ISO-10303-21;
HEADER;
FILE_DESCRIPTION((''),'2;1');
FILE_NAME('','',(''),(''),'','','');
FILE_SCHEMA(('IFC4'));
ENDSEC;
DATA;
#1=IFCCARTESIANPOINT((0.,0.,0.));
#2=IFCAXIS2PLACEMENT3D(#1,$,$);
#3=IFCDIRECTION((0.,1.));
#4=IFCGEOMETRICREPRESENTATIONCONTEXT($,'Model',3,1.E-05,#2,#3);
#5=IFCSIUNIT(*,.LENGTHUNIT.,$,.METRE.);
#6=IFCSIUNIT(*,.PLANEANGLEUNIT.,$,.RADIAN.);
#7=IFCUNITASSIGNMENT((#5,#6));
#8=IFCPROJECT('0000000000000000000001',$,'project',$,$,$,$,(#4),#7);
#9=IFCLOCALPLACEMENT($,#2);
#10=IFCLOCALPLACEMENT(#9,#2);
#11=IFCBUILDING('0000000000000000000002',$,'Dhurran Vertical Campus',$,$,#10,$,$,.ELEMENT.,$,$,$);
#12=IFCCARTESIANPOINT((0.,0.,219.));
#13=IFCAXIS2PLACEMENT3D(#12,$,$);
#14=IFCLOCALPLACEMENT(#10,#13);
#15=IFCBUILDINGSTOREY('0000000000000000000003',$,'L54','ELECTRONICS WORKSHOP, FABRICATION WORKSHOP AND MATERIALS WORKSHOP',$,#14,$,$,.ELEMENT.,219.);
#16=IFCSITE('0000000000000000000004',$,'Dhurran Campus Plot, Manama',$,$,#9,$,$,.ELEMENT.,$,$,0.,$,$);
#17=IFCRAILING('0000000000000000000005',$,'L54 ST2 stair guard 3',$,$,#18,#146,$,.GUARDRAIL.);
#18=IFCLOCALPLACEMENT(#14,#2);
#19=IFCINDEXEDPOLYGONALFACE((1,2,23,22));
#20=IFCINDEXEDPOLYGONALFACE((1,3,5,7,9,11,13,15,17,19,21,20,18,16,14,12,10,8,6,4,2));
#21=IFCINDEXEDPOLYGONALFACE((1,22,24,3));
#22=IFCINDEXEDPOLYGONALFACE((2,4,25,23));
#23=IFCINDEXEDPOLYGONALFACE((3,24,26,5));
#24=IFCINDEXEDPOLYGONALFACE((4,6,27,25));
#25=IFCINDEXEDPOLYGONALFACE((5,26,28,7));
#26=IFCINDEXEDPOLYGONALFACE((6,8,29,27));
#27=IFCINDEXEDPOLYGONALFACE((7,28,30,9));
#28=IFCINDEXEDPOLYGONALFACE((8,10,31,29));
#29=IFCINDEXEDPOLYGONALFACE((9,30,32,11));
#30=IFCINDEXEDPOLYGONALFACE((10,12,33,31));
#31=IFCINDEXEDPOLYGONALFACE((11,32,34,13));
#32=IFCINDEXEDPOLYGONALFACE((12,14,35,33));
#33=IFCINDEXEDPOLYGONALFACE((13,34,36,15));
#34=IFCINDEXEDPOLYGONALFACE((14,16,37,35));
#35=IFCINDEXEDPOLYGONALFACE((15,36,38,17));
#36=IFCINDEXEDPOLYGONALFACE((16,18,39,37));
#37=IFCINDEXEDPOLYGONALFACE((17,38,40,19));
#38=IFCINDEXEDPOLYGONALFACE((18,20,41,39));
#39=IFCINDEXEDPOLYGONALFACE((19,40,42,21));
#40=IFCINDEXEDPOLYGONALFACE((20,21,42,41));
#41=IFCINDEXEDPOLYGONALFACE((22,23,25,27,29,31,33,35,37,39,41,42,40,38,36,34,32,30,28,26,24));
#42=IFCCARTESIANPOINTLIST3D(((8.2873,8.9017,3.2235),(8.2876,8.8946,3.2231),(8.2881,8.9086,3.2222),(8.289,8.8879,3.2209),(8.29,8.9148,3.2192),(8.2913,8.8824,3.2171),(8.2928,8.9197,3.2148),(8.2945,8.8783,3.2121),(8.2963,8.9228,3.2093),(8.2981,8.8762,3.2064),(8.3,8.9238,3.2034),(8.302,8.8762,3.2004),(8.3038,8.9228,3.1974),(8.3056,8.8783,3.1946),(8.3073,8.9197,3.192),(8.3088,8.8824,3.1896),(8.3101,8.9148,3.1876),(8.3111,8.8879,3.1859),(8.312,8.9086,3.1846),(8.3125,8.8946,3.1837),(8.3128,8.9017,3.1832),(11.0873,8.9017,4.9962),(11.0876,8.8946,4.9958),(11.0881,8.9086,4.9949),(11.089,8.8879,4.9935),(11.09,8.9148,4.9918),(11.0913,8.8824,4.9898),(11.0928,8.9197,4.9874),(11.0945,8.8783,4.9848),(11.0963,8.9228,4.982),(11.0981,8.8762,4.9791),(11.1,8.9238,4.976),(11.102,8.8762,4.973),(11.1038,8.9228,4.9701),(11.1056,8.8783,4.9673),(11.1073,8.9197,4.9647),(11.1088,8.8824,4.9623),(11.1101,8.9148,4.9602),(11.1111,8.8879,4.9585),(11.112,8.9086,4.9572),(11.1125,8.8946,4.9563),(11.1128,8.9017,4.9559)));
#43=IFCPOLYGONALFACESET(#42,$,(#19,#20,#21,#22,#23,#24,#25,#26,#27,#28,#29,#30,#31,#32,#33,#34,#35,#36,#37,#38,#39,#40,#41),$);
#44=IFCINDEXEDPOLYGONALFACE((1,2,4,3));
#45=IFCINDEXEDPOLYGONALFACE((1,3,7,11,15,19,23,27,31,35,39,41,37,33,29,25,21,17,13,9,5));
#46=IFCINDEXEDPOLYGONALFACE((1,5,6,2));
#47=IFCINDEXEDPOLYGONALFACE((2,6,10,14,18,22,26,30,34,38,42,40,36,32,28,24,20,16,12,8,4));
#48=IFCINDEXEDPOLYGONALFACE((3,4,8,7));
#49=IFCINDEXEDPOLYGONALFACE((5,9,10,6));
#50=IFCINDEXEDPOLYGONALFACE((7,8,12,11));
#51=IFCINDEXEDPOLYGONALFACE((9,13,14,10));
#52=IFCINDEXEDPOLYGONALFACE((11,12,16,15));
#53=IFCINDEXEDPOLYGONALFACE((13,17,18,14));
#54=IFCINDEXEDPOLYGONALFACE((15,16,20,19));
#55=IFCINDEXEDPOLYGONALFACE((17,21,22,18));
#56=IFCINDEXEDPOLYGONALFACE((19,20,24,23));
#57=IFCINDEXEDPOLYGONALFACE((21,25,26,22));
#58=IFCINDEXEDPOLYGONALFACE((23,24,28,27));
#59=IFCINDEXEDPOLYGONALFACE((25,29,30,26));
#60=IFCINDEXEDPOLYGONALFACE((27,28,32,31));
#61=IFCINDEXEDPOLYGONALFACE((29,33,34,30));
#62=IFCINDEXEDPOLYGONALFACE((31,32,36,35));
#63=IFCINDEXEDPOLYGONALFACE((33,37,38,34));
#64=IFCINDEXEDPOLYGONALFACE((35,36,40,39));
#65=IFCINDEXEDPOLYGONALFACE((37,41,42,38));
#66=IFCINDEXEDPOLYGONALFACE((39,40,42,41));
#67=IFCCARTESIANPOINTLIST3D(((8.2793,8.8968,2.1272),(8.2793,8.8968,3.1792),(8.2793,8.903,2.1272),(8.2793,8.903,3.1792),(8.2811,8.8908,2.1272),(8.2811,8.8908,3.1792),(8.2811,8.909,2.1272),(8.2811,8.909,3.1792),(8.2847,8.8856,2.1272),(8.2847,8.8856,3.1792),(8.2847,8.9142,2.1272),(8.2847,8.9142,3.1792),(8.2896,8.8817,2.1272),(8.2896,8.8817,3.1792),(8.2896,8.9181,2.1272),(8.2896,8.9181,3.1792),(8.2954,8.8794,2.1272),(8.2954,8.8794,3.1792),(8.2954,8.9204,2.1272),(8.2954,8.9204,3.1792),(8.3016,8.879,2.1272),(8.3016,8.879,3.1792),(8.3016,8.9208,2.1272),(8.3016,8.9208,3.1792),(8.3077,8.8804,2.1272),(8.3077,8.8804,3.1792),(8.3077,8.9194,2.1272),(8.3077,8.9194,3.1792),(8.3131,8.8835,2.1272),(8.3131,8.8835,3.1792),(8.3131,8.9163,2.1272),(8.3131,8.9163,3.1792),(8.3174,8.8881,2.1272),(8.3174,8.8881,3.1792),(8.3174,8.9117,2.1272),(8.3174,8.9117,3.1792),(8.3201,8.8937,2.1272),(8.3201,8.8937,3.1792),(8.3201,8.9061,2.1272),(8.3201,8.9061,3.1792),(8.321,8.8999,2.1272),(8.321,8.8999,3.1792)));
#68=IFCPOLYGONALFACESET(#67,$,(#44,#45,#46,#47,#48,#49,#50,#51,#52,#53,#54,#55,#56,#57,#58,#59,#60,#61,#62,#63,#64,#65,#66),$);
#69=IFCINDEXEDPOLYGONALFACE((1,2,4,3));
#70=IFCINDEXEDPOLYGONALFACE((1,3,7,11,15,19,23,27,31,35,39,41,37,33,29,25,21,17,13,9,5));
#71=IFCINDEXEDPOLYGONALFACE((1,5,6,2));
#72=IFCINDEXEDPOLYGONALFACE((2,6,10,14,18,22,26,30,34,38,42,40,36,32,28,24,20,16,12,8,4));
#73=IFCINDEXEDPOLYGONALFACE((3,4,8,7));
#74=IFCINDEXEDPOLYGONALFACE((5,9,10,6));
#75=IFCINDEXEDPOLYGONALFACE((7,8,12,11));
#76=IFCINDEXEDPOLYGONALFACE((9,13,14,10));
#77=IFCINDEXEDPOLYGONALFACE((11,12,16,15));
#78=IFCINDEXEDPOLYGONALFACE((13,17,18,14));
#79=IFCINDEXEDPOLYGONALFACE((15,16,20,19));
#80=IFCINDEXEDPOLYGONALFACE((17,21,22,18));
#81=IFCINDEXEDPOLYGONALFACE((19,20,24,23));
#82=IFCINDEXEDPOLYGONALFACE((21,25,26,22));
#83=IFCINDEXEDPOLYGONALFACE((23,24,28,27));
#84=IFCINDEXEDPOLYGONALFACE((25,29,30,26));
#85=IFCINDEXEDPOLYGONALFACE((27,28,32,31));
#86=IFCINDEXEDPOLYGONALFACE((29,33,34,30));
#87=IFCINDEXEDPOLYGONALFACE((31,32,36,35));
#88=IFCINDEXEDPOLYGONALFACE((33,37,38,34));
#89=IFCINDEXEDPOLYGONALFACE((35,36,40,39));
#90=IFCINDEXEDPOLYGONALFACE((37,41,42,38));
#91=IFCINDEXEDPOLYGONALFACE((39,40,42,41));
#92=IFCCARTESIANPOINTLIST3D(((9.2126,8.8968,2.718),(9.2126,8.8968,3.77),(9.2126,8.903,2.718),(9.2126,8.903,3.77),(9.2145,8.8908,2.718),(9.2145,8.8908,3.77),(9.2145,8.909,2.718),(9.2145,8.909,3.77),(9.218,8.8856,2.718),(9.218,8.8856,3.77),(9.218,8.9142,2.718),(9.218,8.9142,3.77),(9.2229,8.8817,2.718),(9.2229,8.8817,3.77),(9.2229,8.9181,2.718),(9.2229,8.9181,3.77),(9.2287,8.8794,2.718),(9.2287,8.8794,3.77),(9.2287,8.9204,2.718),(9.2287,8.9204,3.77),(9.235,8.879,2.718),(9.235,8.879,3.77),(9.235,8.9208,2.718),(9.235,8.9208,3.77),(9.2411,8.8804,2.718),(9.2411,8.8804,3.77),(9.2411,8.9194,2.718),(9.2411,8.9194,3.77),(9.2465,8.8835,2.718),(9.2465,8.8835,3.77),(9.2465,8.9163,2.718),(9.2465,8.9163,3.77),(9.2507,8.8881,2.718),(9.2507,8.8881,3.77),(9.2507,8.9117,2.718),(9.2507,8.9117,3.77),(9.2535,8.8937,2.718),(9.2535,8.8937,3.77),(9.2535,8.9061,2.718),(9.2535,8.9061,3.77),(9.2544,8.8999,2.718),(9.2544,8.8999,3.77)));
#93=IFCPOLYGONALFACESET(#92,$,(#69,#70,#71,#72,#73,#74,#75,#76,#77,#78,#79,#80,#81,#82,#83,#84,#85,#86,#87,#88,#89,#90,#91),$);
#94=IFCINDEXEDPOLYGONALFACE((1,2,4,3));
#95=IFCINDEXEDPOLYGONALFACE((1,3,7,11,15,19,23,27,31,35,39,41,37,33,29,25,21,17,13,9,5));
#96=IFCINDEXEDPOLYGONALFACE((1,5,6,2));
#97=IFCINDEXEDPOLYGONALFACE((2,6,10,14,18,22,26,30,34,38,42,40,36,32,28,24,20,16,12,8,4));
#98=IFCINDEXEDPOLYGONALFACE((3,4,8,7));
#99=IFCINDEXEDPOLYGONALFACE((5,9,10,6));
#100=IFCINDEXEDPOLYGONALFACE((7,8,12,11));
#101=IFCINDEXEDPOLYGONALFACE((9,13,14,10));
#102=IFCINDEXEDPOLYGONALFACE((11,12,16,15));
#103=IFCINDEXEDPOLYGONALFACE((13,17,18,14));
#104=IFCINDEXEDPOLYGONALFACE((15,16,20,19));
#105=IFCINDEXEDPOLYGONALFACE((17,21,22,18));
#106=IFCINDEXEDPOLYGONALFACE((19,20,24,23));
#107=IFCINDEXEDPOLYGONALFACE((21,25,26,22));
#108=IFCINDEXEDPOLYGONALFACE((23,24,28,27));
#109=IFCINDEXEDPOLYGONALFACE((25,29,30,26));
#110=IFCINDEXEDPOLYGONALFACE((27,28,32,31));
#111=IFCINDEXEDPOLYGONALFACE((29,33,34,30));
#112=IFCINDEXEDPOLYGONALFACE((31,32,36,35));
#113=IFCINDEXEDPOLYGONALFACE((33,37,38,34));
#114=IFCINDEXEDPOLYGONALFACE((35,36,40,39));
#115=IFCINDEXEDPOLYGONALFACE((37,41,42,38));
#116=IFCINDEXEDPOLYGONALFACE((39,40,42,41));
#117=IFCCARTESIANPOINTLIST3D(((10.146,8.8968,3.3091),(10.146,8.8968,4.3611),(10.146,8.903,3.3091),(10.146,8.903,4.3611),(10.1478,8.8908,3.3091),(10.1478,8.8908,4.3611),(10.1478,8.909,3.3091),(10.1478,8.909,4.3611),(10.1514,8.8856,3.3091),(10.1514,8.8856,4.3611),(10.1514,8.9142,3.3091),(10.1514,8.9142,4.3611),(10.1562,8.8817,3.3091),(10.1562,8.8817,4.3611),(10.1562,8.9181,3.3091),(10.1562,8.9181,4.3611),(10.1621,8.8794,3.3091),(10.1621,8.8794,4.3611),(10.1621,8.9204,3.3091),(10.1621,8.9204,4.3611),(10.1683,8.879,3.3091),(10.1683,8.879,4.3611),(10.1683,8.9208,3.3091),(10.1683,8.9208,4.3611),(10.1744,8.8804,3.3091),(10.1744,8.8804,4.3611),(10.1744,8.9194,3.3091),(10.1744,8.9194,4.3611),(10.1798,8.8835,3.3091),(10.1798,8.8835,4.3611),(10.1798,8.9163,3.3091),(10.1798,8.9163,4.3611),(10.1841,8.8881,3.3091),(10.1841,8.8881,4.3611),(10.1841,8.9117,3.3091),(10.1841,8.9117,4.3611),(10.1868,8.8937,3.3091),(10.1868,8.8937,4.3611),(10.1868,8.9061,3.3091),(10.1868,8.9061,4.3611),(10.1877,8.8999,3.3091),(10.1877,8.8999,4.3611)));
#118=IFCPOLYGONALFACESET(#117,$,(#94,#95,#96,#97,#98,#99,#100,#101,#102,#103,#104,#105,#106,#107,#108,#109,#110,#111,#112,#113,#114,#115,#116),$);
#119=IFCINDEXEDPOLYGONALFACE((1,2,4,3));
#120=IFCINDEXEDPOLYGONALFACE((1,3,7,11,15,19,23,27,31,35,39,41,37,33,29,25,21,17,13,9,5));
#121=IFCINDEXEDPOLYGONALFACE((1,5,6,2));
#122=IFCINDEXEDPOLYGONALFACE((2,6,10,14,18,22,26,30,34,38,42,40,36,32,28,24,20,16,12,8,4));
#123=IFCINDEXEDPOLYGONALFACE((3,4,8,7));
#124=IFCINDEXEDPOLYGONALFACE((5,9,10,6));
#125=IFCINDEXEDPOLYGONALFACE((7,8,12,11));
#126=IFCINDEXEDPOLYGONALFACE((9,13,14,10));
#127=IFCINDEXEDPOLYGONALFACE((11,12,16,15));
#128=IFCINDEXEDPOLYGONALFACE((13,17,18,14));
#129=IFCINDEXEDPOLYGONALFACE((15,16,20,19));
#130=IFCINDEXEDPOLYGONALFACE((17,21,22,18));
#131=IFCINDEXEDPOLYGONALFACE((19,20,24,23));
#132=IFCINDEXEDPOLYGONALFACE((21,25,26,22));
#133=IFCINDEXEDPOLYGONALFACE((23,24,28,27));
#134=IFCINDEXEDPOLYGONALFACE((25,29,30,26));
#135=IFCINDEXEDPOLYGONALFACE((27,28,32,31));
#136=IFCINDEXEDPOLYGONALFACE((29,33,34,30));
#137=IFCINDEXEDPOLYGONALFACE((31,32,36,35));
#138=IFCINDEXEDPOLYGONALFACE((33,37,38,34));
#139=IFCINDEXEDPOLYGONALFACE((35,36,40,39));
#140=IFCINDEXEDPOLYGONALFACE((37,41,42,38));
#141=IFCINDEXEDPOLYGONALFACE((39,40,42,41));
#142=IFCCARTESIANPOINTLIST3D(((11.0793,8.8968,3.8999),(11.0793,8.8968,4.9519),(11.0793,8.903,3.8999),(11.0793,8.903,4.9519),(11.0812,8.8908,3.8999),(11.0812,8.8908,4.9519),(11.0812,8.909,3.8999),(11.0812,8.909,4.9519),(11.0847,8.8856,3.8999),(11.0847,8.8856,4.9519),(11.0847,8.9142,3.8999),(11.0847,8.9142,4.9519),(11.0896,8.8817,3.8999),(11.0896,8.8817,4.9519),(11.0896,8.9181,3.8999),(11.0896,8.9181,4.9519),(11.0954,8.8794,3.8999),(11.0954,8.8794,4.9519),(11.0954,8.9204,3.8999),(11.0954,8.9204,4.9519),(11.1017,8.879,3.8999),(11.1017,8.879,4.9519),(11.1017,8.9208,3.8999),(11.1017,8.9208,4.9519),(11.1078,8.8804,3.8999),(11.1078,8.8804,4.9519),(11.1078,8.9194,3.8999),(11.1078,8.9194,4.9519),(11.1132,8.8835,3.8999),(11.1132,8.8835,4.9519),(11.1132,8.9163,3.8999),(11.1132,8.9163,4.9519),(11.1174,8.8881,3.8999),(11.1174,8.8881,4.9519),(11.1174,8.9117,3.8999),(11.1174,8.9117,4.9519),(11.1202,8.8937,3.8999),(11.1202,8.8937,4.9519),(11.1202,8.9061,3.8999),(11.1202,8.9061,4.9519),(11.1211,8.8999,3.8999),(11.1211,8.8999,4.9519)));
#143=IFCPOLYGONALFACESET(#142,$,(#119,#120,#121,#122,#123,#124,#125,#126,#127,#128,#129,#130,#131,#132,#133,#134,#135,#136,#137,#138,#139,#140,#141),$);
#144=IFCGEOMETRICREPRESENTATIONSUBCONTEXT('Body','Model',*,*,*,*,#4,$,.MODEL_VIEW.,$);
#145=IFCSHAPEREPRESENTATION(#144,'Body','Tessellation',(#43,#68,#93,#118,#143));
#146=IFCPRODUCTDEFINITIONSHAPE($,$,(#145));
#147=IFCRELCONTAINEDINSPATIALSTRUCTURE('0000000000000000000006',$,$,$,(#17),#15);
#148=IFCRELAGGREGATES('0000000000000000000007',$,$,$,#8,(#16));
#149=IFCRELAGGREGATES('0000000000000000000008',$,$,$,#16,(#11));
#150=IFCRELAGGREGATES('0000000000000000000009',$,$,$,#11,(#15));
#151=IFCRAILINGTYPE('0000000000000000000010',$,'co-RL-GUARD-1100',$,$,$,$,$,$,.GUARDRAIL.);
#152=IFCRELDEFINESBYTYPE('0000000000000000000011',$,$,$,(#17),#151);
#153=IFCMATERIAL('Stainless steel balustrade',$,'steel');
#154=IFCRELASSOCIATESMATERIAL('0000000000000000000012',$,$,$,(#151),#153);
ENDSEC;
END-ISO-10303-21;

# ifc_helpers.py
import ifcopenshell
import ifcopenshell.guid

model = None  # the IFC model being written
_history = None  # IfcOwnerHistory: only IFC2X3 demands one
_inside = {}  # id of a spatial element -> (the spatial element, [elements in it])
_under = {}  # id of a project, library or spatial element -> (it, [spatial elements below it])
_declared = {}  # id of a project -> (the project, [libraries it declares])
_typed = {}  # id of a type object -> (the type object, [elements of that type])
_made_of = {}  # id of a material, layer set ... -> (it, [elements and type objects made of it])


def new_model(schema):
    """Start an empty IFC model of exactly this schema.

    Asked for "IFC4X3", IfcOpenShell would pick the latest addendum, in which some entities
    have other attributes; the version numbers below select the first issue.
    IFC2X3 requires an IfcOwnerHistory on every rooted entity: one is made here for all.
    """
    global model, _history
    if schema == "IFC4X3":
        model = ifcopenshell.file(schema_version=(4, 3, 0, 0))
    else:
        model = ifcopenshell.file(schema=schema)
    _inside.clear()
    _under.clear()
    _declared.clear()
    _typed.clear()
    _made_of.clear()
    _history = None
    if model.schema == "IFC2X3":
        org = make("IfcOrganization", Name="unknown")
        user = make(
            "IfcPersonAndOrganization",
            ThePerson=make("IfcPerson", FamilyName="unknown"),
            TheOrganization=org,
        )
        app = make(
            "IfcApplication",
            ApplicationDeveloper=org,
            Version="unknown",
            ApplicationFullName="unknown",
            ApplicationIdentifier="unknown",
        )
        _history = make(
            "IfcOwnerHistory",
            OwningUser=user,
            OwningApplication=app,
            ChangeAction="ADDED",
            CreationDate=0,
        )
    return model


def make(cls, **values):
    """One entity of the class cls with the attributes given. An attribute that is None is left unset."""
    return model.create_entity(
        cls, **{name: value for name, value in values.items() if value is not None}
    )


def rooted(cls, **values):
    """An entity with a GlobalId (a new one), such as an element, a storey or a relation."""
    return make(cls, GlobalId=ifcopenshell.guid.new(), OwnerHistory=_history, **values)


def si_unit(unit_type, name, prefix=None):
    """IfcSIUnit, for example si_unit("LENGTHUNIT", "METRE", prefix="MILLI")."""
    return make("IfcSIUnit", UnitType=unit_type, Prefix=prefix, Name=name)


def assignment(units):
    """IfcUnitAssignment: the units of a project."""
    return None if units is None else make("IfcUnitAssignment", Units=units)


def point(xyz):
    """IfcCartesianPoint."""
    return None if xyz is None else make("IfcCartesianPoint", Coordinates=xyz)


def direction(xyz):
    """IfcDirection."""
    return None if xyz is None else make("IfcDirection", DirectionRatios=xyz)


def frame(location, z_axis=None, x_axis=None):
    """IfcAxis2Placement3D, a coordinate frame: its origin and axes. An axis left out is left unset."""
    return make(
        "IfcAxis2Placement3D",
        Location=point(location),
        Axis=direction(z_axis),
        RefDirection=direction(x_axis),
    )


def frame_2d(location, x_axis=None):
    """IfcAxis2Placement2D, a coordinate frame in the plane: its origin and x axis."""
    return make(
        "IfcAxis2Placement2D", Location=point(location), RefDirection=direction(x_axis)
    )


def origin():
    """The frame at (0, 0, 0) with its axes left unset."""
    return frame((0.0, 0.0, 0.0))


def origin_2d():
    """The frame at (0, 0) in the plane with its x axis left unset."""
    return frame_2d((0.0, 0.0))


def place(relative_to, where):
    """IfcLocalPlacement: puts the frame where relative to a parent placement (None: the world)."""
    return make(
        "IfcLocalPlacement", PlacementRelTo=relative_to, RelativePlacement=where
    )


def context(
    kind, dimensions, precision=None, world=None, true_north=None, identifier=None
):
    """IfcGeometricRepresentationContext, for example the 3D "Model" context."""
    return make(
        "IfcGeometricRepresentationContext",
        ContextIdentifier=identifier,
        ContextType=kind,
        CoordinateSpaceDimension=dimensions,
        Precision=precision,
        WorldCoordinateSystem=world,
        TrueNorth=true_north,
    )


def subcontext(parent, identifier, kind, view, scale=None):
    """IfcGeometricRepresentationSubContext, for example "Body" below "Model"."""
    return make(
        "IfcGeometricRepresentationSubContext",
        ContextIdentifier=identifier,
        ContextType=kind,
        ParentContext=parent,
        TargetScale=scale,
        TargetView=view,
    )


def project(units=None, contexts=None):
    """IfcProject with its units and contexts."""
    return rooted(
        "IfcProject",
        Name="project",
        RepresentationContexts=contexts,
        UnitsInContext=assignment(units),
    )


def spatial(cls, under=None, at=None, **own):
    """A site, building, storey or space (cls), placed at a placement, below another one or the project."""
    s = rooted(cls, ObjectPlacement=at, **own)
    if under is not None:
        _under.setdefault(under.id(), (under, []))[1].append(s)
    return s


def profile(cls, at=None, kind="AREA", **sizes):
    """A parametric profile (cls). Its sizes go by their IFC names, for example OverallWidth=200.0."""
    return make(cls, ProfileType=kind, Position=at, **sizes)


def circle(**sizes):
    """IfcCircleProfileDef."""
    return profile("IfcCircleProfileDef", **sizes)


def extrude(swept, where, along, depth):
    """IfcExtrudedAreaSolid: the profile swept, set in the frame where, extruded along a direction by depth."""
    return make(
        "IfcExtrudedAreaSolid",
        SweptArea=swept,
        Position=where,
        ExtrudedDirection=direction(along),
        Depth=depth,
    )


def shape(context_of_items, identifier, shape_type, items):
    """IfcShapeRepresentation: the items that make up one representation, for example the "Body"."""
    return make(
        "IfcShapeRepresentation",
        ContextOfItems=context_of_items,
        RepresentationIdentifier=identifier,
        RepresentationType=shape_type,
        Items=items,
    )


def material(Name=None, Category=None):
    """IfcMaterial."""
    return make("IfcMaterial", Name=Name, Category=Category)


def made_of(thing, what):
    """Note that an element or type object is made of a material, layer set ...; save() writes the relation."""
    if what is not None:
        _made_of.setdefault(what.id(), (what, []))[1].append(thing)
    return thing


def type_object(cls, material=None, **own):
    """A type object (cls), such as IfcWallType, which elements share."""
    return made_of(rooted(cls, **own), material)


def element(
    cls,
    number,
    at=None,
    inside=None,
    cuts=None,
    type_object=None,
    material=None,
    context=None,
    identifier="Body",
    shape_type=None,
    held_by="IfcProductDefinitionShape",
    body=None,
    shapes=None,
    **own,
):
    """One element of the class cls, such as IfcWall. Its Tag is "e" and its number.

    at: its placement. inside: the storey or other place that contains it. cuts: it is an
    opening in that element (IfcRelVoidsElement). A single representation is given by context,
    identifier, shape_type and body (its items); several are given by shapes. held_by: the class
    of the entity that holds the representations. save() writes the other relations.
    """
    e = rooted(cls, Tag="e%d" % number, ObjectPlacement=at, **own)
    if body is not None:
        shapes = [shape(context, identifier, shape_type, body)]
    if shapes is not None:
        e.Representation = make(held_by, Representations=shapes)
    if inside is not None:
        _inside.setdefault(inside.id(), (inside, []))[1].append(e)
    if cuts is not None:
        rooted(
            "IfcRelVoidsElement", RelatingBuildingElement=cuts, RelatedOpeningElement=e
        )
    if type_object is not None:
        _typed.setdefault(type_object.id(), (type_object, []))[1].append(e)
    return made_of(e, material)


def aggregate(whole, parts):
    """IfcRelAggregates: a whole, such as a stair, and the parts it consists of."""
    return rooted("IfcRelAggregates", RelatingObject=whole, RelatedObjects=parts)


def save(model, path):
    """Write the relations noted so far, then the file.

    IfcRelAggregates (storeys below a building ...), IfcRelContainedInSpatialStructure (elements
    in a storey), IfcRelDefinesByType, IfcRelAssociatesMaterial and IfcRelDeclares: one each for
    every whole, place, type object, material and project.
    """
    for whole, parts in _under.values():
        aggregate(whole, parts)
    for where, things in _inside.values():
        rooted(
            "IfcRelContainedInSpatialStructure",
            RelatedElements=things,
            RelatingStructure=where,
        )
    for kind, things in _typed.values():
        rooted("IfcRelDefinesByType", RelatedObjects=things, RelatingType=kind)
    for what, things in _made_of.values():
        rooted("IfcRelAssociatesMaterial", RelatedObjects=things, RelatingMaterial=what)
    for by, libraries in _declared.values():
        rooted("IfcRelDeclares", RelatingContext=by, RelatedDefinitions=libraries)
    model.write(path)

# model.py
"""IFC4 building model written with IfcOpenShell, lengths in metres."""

from ifc_helpers import new_model, si_unit, direction, frame, origin, origin_2d, place, context, subcontext, project, spatial, circle, extrude, material, type_object, element, save


model = new_model("IFC4")

# Units and contexts
model_context = context("Model", 3, precision=1e-05, world=origin(), true_north=direction((0.0, 1.0)))
body_context = subcontext(model_context, "Body", "Model", "MODEL_VIEW")
ifc_project = project(units=[si_unit("LENGTHUNIT", "METRE"), si_unit("PLANEANGLEUNIT", "RADIAN")], contexts=[model_context])

# Site, building, storey
site_placement = place(None, origin())
site = spatial("IfcSite", under=ifc_project, at=site_placement, Name="Dhurran Campus Plot, Manama", CompositionType="ELEMENT", RefElevation=0.0)
building_placement = place(site_placement, origin())
building = spatial("IfcBuilding", under=site, at=building_placement, Name="Dhurran Vertical Campus", CompositionType="ELEMENT")
storey_placement = place(building_placement, frame((0.0, 0.0, 219.0)))
storey = spatial("IfcBuildingStorey", under=building, at=storey_placement, Name="L54", Description="ELECTRONICS WORKSHOP, FABRICATION WORKSHOP AND MATERIALS WORKSHOP", CompositionType="ELEMENT", Elevation=219.0)

# Railing
ifc_material_1 = material(Name="Stainless steel balustrade", Category="steel")
railing_type_1 = type_object("IfcRailingType", Name="co-RL-GUARD-1100", PredefinedType="GUARDRAIL", material=ifc_material_1)
railing_1_placement = place(storey_placement, frame((8.3, 8.8999, 2.1272)))
element("IfcRailing", 1, at=railing_1_placement, inside=storey, type_object=railing_type_1, Name="L54 ST2 stair guard 3", PredefinedType="GUARDRAIL", context=body_context, shape_type="SweptSolid", body=[
    extrude(circle(Radius=0.0239, at=origin_2d()), frame((0.0, 0.0, 1.0762), z_axis=(0.844909, 0.0, 0.53491), x_axis=(0.0, 1.0, 0.0)), (0.0, 0.0, 1.0), 3.314),
    extrude(circle(Radius=0.021, at=origin_2d()), origin(), (0.0, 0.0, 1.0), 1.052),
    extrude(circle(Radius=0.021, at=origin_2d()), frame((0.9333, 0.0, 0.5908)), (0.0, 0.0, 1.0), 1.052),
    extrude(circle(Radius=0.021, at=origin_2d()), frame((1.8667, 0.0, 1.1819)), (0.0, 0.0, 1.0), 1.052),
    extrude(circle(Radius=0.021, at=origin_2d()), frame((2.8, 0.0, 1.7727)), (0.0, 0.0, 1.0), 1.052),
])

save(model, "model.ifc")
